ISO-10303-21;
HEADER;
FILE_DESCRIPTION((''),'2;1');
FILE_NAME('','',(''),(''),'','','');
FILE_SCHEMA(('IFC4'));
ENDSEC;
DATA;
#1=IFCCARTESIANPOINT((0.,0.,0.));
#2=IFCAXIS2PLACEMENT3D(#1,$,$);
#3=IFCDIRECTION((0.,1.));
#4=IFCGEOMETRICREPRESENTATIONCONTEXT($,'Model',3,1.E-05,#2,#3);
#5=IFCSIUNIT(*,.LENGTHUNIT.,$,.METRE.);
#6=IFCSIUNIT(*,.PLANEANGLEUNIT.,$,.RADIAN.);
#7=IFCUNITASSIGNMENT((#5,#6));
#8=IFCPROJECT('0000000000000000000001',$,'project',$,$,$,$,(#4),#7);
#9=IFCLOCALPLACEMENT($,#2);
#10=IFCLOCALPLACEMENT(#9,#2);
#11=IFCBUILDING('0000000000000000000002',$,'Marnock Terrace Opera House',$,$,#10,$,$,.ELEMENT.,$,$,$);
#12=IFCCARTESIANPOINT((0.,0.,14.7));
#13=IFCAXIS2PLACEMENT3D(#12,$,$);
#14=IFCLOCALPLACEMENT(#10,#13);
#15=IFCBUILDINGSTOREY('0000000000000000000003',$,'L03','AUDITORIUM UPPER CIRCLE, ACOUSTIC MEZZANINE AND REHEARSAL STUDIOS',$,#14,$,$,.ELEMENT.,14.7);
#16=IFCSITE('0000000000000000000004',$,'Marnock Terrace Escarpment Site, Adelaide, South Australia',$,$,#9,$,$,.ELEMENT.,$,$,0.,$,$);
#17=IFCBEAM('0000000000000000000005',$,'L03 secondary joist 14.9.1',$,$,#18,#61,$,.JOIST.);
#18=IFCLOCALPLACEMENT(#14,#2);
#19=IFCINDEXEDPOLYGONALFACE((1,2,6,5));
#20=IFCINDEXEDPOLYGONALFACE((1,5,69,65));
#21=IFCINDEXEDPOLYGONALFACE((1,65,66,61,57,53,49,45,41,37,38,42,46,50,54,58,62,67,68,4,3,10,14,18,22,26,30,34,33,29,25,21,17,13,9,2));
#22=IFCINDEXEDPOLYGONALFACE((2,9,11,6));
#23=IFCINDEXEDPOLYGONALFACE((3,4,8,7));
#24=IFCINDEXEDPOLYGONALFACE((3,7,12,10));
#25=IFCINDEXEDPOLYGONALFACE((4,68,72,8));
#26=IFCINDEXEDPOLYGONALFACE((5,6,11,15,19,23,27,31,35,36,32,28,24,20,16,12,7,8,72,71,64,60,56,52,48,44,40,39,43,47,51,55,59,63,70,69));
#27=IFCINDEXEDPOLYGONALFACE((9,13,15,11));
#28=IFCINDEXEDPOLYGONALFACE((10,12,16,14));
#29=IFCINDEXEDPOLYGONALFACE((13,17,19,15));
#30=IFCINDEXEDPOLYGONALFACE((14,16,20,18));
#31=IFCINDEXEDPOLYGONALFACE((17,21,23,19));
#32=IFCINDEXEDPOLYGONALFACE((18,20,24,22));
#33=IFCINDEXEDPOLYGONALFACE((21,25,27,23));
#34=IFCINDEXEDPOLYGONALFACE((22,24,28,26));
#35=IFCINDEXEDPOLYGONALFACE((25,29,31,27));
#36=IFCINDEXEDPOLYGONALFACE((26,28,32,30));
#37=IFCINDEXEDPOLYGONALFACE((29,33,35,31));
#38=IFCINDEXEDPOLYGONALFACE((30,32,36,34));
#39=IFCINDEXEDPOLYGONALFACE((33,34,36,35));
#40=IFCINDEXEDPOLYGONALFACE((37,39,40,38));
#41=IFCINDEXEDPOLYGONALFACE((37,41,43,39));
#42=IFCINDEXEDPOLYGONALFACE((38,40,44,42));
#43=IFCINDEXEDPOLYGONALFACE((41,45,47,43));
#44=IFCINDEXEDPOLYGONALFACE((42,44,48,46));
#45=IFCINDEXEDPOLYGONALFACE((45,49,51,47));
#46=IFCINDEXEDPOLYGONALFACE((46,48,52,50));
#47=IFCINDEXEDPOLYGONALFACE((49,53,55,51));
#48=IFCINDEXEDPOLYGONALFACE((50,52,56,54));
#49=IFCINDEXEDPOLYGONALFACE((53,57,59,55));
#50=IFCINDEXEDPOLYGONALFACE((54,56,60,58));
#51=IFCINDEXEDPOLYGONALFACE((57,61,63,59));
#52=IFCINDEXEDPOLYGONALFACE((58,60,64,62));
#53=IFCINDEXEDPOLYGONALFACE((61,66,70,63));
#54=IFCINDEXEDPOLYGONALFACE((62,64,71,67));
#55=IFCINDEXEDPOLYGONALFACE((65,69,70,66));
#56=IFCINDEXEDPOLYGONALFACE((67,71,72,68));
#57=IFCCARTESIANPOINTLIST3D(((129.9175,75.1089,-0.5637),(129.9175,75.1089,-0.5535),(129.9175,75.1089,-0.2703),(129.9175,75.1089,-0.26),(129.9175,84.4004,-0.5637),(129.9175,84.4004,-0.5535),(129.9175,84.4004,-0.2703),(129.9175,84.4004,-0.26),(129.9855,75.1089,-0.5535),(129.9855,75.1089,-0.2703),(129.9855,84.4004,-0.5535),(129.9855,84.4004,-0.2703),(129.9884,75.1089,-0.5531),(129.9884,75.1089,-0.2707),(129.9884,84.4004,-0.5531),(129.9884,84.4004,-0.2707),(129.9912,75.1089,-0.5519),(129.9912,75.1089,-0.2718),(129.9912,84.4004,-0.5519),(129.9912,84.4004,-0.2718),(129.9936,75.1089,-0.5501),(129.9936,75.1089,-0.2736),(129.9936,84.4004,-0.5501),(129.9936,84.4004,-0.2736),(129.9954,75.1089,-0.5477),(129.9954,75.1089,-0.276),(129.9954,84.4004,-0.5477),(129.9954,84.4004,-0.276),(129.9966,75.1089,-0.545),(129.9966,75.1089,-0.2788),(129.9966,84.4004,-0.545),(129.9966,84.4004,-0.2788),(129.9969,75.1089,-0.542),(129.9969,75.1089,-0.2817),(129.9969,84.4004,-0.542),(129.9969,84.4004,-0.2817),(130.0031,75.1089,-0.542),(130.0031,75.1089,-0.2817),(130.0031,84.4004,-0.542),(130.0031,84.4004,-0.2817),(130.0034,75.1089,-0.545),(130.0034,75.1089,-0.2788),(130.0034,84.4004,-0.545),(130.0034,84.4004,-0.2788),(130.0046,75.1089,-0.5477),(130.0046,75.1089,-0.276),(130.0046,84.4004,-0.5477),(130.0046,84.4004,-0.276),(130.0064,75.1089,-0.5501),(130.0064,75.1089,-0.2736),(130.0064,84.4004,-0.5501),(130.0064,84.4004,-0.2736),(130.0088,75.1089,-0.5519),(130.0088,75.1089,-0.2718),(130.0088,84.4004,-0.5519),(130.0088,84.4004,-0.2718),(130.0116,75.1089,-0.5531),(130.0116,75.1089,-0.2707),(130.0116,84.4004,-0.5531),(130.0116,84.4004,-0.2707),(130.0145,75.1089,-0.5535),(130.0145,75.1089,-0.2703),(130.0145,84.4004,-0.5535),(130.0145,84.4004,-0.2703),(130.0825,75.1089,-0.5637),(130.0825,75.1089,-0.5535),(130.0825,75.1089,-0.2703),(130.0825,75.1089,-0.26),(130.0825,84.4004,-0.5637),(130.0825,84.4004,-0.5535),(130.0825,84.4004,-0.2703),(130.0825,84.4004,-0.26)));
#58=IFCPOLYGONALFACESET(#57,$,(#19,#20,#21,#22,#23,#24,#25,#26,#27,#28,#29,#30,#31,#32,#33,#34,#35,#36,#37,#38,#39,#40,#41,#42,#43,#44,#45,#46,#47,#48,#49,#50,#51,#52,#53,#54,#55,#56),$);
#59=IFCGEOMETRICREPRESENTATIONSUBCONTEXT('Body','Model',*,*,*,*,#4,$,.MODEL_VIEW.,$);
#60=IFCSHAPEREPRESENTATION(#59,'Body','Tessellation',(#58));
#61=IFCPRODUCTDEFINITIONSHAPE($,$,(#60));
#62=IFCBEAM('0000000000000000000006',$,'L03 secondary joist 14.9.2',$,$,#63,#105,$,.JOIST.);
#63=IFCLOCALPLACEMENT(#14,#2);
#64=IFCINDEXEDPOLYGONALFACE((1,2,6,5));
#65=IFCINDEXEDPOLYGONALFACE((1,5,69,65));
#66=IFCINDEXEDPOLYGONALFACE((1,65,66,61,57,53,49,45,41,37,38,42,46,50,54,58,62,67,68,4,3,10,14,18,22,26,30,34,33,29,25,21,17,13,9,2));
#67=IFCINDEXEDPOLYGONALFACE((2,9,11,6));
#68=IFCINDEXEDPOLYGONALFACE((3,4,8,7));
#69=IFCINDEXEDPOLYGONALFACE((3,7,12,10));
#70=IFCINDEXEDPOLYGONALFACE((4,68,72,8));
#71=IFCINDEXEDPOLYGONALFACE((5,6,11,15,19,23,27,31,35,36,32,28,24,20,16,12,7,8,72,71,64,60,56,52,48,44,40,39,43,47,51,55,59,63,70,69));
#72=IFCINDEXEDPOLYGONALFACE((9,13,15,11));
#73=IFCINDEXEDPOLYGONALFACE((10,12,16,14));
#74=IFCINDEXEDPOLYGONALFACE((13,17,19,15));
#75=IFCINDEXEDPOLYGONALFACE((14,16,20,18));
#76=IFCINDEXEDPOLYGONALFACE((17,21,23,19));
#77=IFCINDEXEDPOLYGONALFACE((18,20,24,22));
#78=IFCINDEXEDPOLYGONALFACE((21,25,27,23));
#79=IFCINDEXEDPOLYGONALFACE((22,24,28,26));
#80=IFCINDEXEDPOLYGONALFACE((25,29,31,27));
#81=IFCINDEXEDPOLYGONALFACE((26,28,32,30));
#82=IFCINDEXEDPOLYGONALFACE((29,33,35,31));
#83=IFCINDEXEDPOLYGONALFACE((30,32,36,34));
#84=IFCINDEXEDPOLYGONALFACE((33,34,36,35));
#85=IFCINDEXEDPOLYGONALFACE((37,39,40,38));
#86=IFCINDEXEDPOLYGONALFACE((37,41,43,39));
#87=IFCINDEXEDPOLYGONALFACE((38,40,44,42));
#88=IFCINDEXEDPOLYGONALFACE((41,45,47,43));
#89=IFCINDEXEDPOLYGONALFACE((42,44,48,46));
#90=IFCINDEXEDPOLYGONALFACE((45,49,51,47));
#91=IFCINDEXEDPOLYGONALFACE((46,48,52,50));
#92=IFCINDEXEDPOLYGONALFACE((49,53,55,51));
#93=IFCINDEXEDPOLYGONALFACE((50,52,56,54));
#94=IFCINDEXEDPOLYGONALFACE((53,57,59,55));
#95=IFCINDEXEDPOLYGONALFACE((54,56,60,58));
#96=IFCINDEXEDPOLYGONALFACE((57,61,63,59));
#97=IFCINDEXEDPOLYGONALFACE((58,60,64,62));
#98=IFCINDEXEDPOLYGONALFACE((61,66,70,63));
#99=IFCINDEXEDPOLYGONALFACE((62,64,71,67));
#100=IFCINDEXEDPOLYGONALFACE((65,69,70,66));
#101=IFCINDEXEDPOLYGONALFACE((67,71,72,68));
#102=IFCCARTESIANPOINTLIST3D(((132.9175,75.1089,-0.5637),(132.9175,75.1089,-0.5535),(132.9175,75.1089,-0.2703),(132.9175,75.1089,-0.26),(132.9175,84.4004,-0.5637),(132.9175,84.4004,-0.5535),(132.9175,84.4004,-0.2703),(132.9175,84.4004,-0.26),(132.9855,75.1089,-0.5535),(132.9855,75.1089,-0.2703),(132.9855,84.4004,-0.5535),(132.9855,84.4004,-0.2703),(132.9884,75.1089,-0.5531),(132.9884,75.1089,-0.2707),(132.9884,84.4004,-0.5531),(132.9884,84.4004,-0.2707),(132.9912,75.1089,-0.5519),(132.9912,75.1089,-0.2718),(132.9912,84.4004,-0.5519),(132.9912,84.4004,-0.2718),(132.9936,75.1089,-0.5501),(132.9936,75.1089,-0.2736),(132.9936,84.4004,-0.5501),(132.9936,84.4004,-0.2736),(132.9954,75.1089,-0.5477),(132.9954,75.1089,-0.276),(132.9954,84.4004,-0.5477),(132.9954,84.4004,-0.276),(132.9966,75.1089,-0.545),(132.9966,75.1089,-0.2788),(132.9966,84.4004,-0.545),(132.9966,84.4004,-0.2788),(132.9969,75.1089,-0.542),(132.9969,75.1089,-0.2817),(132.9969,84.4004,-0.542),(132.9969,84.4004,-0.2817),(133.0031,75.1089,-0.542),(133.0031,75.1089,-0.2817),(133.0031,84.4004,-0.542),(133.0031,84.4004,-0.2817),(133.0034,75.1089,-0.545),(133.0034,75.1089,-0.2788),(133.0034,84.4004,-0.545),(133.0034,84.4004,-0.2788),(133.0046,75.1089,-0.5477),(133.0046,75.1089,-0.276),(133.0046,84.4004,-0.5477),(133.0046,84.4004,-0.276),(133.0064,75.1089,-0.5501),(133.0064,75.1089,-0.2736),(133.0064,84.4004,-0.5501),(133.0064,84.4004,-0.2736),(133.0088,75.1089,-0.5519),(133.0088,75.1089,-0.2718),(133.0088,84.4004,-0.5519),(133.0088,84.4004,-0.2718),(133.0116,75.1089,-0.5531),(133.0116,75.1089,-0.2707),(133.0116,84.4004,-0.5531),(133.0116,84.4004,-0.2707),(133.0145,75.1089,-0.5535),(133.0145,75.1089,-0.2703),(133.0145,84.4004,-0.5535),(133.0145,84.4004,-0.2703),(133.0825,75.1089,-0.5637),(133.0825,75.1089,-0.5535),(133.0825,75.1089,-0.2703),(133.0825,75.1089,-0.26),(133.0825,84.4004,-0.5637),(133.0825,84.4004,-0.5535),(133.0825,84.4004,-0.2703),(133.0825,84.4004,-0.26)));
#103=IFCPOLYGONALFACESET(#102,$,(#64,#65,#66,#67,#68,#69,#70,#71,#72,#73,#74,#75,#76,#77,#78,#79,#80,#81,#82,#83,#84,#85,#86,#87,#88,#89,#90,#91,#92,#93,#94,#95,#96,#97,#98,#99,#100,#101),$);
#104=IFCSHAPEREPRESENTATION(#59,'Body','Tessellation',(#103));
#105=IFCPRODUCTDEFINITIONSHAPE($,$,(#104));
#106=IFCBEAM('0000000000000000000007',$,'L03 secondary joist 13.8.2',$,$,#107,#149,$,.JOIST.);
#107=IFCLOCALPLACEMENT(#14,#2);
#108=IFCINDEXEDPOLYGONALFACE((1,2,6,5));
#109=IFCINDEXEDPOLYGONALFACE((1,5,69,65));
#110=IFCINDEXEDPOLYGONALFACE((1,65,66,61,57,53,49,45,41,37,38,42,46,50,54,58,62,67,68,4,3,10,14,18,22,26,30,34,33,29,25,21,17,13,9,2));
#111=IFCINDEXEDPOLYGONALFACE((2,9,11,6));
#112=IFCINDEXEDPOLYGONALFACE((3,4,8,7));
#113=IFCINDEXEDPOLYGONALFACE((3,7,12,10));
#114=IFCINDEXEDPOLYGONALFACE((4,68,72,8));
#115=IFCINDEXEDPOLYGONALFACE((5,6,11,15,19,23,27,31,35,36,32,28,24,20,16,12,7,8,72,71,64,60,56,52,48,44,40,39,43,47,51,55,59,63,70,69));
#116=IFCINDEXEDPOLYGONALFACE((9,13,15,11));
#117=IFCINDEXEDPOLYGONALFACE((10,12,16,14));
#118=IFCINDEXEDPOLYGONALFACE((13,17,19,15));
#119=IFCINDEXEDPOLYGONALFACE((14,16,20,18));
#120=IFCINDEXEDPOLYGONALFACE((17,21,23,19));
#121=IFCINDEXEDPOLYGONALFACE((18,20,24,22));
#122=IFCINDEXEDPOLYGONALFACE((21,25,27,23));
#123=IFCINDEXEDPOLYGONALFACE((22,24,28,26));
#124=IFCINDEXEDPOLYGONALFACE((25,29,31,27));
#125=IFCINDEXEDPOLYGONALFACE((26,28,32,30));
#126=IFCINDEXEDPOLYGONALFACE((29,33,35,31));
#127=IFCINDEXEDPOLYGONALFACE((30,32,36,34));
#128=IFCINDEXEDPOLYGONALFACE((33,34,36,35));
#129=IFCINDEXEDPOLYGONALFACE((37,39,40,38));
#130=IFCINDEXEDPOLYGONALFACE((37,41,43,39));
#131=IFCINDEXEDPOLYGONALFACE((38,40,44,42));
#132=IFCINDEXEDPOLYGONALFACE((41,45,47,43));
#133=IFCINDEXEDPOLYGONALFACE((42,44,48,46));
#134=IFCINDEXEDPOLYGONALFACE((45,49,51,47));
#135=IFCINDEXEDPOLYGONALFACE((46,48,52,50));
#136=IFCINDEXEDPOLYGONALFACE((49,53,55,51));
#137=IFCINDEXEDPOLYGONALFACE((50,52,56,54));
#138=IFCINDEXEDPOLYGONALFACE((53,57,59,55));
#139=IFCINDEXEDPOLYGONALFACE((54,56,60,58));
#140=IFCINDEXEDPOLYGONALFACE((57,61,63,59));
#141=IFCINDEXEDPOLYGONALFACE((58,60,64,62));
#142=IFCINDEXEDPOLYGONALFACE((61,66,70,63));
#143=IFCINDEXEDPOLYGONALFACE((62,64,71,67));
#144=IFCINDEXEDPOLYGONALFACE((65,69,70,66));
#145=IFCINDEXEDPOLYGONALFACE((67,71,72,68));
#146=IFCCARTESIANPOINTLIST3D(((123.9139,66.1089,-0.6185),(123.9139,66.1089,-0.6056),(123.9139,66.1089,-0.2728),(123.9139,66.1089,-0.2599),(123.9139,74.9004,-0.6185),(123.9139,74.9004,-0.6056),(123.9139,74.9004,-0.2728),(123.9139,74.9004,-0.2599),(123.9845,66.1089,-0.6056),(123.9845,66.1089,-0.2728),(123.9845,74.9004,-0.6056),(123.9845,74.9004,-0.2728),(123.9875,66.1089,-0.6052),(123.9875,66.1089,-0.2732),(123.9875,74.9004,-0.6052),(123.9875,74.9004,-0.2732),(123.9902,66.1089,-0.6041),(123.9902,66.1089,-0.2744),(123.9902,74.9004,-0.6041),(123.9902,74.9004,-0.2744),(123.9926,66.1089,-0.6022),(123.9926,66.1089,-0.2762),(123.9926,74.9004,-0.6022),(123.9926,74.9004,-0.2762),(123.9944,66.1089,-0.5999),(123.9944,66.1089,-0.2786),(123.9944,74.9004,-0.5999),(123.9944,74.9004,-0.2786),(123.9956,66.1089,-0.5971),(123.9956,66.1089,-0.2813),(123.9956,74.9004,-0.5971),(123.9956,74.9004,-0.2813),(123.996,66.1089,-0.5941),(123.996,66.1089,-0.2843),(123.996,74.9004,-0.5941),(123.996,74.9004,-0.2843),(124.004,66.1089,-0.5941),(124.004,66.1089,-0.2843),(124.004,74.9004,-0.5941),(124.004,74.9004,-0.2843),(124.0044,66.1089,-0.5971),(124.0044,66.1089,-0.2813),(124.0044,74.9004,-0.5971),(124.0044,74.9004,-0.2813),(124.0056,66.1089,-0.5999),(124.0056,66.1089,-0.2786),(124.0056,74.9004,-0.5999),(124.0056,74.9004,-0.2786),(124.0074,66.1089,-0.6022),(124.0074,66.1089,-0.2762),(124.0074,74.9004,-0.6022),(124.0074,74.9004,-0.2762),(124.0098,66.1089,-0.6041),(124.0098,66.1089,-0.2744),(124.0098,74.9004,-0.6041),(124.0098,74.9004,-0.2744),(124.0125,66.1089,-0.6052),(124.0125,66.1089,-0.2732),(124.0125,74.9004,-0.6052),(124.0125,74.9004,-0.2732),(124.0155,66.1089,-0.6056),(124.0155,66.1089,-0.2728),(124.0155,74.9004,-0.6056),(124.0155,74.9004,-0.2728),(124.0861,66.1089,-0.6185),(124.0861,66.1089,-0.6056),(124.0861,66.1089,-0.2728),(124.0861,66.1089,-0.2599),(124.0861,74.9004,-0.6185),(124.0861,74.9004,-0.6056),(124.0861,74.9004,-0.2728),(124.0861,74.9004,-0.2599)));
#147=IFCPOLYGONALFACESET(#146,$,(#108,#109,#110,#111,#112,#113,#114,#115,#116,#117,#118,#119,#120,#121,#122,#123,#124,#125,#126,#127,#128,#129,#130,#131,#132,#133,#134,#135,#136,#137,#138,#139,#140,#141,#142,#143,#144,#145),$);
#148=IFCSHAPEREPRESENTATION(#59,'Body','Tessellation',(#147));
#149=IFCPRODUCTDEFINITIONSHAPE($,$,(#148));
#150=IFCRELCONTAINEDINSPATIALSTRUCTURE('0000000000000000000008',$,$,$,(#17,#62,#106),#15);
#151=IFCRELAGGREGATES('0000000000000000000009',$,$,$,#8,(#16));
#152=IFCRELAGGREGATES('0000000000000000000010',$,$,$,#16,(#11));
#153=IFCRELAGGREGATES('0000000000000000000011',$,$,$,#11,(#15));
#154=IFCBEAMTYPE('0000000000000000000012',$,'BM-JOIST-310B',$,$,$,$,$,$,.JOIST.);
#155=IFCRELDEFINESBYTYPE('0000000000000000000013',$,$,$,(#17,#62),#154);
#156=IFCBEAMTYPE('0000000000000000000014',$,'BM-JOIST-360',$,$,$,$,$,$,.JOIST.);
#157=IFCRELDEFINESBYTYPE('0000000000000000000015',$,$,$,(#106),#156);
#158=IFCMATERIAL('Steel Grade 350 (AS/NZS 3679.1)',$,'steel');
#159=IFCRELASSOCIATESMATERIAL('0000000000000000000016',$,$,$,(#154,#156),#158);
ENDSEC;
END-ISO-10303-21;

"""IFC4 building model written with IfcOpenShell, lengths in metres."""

from ifc_helpers import new_model, si_unit, direction, frame, origin, origin_2d, place, context, subcontext, project, spatial, i_section, extrude, material, material_profile, profile_set, type_object, element, save


model = new_model("IFC4")

# Units and contexts
model_context = context("Model", 3, precision=1e-05, world=origin(), true_north=direction((0.0, 1.0)))
body_context = subcontext(model_context, "Body", "Model", "MODEL_VIEW")
ifc_project = project(units=[si_unit("LENGTHUNIT", "METRE"), si_unit("PLANEANGLEUNIT", "RADIAN")], contexts=[model_context])

# Site, building, storey
site_placement = place(None, origin())
site = spatial("IfcSite", under=ifc_project, at=site_placement, Name="Marnock Terrace Escarpment Site, Adelaide, South Australia", CompositionType="ELEMENT", RefElevation=0.0)
building_placement = place(site_placement, origin())
building = spatial("IfcBuilding", under=site, at=building_placement, Name="Marnock Terrace Opera House", CompositionType="ELEMENT")
storey_placement = place(building_placement, frame((0.0, 0.0, 14.7)))
storey = spatial("IfcBuildingStorey", under=building, at=storey_placement, Name="L03", Description="AUDITORIUM UPPER CIRCLE, ACOUSTIC MEZZANINE AND REHEARSAL STUDIOS", CompositionType="ELEMENT", Elevation=14.7)

# Beams
ifc_material_1 = material(Name="Steel Grade 350 (AS/NZS 3679.1)", Category="steel")
ifc_material_profile_1 = material_profile(ifc_material_1, i_section(OverallWidth=0.165, OverallDepth=0.3037, WebThickness=0.0061, FlangeThickness=0.0103, FilletRadius=0.0115, at=origin_2d()))
ifc_profile_set_1 = profile_set([ifc_material_profile_1], Name="Steel Grade 350 (AS/NZS 3679.1)")
beam_type_1 = type_object("IfcBeamType", Name="BM-JOIST-310B", PredefinedType="JOIST", material=ifc_profile_set_1)
for number, where, z_axis, x_axis, name in (
    (1, (130.0, 75.1089, -0.4119), (0.0, 1.0, 0.0), (-1.0, 0.0, 0.0), "L03 secondary joist 14.9.1"),
    (2, (133.0, 75.1089, -0.4119), (0.0, 1.0, 0.0), (-1.0, 0.0, 0.0), "L03 secondary joist 14.9.2"),
):
    element("IfcBeam", number, at=place(storey_placement, frame(where, z_axis=z_axis, x_axis=x_axis)), inside=storey, type_object=beam_type_1, Name=name, PredefinedType="JOIST", context=body_context, shape_type="SweptSolid", body=[
        extrude(i_section(OverallWidth=0.165, OverallDepth=0.3037, WebThickness=0.0061, FlangeThickness=0.0103, FilletRadius=0.0115, at=origin_2d()), origin(), (0.0, 0.0, 1.0), 9.2915),
    ])
ifc_material_profile_2 = material_profile(ifc_material_1, i_section(OverallWidth=0.1721, OverallDepth=0.3586, WebThickness=0.0081, FlangeThickness=0.0129, FilletRadius=0.0115, at=origin_2d()))
ifc_profile_set_2 = profile_set([ifc_material_profile_2], Name="Steel Grade 350 (AS/NZS 3679.1)")
beam_type_2 = type_object("IfcBeamType", Name="BM-JOIST-360", PredefinedType="JOIST", material=ifc_profile_set_2)
beam_1_placement = place(storey_placement, frame((124.0, 66.1089, -0.4392), z_axis=(0.0, 1.0, 0.0), x_axis=(-1.0, 0.0, 0.0)))
element("IfcBeam", 3, at=beam_1_placement, inside=storey, type_object=beam_type_2, Name="L03 secondary joist 13.8.2", PredefinedType="JOIST", context=body_context, shape_type="SweptSolid", body=[
    extrude(i_section(OverallWidth=0.1721, OverallDepth=0.3586, WebThickness=0.0081, FlangeThickness=0.0129, FilletRadius=0.0115, at=origin_2d()), origin(), (0.0, 0.0, 1.0), 8.7915),
])

save(model, "model.ifc")
